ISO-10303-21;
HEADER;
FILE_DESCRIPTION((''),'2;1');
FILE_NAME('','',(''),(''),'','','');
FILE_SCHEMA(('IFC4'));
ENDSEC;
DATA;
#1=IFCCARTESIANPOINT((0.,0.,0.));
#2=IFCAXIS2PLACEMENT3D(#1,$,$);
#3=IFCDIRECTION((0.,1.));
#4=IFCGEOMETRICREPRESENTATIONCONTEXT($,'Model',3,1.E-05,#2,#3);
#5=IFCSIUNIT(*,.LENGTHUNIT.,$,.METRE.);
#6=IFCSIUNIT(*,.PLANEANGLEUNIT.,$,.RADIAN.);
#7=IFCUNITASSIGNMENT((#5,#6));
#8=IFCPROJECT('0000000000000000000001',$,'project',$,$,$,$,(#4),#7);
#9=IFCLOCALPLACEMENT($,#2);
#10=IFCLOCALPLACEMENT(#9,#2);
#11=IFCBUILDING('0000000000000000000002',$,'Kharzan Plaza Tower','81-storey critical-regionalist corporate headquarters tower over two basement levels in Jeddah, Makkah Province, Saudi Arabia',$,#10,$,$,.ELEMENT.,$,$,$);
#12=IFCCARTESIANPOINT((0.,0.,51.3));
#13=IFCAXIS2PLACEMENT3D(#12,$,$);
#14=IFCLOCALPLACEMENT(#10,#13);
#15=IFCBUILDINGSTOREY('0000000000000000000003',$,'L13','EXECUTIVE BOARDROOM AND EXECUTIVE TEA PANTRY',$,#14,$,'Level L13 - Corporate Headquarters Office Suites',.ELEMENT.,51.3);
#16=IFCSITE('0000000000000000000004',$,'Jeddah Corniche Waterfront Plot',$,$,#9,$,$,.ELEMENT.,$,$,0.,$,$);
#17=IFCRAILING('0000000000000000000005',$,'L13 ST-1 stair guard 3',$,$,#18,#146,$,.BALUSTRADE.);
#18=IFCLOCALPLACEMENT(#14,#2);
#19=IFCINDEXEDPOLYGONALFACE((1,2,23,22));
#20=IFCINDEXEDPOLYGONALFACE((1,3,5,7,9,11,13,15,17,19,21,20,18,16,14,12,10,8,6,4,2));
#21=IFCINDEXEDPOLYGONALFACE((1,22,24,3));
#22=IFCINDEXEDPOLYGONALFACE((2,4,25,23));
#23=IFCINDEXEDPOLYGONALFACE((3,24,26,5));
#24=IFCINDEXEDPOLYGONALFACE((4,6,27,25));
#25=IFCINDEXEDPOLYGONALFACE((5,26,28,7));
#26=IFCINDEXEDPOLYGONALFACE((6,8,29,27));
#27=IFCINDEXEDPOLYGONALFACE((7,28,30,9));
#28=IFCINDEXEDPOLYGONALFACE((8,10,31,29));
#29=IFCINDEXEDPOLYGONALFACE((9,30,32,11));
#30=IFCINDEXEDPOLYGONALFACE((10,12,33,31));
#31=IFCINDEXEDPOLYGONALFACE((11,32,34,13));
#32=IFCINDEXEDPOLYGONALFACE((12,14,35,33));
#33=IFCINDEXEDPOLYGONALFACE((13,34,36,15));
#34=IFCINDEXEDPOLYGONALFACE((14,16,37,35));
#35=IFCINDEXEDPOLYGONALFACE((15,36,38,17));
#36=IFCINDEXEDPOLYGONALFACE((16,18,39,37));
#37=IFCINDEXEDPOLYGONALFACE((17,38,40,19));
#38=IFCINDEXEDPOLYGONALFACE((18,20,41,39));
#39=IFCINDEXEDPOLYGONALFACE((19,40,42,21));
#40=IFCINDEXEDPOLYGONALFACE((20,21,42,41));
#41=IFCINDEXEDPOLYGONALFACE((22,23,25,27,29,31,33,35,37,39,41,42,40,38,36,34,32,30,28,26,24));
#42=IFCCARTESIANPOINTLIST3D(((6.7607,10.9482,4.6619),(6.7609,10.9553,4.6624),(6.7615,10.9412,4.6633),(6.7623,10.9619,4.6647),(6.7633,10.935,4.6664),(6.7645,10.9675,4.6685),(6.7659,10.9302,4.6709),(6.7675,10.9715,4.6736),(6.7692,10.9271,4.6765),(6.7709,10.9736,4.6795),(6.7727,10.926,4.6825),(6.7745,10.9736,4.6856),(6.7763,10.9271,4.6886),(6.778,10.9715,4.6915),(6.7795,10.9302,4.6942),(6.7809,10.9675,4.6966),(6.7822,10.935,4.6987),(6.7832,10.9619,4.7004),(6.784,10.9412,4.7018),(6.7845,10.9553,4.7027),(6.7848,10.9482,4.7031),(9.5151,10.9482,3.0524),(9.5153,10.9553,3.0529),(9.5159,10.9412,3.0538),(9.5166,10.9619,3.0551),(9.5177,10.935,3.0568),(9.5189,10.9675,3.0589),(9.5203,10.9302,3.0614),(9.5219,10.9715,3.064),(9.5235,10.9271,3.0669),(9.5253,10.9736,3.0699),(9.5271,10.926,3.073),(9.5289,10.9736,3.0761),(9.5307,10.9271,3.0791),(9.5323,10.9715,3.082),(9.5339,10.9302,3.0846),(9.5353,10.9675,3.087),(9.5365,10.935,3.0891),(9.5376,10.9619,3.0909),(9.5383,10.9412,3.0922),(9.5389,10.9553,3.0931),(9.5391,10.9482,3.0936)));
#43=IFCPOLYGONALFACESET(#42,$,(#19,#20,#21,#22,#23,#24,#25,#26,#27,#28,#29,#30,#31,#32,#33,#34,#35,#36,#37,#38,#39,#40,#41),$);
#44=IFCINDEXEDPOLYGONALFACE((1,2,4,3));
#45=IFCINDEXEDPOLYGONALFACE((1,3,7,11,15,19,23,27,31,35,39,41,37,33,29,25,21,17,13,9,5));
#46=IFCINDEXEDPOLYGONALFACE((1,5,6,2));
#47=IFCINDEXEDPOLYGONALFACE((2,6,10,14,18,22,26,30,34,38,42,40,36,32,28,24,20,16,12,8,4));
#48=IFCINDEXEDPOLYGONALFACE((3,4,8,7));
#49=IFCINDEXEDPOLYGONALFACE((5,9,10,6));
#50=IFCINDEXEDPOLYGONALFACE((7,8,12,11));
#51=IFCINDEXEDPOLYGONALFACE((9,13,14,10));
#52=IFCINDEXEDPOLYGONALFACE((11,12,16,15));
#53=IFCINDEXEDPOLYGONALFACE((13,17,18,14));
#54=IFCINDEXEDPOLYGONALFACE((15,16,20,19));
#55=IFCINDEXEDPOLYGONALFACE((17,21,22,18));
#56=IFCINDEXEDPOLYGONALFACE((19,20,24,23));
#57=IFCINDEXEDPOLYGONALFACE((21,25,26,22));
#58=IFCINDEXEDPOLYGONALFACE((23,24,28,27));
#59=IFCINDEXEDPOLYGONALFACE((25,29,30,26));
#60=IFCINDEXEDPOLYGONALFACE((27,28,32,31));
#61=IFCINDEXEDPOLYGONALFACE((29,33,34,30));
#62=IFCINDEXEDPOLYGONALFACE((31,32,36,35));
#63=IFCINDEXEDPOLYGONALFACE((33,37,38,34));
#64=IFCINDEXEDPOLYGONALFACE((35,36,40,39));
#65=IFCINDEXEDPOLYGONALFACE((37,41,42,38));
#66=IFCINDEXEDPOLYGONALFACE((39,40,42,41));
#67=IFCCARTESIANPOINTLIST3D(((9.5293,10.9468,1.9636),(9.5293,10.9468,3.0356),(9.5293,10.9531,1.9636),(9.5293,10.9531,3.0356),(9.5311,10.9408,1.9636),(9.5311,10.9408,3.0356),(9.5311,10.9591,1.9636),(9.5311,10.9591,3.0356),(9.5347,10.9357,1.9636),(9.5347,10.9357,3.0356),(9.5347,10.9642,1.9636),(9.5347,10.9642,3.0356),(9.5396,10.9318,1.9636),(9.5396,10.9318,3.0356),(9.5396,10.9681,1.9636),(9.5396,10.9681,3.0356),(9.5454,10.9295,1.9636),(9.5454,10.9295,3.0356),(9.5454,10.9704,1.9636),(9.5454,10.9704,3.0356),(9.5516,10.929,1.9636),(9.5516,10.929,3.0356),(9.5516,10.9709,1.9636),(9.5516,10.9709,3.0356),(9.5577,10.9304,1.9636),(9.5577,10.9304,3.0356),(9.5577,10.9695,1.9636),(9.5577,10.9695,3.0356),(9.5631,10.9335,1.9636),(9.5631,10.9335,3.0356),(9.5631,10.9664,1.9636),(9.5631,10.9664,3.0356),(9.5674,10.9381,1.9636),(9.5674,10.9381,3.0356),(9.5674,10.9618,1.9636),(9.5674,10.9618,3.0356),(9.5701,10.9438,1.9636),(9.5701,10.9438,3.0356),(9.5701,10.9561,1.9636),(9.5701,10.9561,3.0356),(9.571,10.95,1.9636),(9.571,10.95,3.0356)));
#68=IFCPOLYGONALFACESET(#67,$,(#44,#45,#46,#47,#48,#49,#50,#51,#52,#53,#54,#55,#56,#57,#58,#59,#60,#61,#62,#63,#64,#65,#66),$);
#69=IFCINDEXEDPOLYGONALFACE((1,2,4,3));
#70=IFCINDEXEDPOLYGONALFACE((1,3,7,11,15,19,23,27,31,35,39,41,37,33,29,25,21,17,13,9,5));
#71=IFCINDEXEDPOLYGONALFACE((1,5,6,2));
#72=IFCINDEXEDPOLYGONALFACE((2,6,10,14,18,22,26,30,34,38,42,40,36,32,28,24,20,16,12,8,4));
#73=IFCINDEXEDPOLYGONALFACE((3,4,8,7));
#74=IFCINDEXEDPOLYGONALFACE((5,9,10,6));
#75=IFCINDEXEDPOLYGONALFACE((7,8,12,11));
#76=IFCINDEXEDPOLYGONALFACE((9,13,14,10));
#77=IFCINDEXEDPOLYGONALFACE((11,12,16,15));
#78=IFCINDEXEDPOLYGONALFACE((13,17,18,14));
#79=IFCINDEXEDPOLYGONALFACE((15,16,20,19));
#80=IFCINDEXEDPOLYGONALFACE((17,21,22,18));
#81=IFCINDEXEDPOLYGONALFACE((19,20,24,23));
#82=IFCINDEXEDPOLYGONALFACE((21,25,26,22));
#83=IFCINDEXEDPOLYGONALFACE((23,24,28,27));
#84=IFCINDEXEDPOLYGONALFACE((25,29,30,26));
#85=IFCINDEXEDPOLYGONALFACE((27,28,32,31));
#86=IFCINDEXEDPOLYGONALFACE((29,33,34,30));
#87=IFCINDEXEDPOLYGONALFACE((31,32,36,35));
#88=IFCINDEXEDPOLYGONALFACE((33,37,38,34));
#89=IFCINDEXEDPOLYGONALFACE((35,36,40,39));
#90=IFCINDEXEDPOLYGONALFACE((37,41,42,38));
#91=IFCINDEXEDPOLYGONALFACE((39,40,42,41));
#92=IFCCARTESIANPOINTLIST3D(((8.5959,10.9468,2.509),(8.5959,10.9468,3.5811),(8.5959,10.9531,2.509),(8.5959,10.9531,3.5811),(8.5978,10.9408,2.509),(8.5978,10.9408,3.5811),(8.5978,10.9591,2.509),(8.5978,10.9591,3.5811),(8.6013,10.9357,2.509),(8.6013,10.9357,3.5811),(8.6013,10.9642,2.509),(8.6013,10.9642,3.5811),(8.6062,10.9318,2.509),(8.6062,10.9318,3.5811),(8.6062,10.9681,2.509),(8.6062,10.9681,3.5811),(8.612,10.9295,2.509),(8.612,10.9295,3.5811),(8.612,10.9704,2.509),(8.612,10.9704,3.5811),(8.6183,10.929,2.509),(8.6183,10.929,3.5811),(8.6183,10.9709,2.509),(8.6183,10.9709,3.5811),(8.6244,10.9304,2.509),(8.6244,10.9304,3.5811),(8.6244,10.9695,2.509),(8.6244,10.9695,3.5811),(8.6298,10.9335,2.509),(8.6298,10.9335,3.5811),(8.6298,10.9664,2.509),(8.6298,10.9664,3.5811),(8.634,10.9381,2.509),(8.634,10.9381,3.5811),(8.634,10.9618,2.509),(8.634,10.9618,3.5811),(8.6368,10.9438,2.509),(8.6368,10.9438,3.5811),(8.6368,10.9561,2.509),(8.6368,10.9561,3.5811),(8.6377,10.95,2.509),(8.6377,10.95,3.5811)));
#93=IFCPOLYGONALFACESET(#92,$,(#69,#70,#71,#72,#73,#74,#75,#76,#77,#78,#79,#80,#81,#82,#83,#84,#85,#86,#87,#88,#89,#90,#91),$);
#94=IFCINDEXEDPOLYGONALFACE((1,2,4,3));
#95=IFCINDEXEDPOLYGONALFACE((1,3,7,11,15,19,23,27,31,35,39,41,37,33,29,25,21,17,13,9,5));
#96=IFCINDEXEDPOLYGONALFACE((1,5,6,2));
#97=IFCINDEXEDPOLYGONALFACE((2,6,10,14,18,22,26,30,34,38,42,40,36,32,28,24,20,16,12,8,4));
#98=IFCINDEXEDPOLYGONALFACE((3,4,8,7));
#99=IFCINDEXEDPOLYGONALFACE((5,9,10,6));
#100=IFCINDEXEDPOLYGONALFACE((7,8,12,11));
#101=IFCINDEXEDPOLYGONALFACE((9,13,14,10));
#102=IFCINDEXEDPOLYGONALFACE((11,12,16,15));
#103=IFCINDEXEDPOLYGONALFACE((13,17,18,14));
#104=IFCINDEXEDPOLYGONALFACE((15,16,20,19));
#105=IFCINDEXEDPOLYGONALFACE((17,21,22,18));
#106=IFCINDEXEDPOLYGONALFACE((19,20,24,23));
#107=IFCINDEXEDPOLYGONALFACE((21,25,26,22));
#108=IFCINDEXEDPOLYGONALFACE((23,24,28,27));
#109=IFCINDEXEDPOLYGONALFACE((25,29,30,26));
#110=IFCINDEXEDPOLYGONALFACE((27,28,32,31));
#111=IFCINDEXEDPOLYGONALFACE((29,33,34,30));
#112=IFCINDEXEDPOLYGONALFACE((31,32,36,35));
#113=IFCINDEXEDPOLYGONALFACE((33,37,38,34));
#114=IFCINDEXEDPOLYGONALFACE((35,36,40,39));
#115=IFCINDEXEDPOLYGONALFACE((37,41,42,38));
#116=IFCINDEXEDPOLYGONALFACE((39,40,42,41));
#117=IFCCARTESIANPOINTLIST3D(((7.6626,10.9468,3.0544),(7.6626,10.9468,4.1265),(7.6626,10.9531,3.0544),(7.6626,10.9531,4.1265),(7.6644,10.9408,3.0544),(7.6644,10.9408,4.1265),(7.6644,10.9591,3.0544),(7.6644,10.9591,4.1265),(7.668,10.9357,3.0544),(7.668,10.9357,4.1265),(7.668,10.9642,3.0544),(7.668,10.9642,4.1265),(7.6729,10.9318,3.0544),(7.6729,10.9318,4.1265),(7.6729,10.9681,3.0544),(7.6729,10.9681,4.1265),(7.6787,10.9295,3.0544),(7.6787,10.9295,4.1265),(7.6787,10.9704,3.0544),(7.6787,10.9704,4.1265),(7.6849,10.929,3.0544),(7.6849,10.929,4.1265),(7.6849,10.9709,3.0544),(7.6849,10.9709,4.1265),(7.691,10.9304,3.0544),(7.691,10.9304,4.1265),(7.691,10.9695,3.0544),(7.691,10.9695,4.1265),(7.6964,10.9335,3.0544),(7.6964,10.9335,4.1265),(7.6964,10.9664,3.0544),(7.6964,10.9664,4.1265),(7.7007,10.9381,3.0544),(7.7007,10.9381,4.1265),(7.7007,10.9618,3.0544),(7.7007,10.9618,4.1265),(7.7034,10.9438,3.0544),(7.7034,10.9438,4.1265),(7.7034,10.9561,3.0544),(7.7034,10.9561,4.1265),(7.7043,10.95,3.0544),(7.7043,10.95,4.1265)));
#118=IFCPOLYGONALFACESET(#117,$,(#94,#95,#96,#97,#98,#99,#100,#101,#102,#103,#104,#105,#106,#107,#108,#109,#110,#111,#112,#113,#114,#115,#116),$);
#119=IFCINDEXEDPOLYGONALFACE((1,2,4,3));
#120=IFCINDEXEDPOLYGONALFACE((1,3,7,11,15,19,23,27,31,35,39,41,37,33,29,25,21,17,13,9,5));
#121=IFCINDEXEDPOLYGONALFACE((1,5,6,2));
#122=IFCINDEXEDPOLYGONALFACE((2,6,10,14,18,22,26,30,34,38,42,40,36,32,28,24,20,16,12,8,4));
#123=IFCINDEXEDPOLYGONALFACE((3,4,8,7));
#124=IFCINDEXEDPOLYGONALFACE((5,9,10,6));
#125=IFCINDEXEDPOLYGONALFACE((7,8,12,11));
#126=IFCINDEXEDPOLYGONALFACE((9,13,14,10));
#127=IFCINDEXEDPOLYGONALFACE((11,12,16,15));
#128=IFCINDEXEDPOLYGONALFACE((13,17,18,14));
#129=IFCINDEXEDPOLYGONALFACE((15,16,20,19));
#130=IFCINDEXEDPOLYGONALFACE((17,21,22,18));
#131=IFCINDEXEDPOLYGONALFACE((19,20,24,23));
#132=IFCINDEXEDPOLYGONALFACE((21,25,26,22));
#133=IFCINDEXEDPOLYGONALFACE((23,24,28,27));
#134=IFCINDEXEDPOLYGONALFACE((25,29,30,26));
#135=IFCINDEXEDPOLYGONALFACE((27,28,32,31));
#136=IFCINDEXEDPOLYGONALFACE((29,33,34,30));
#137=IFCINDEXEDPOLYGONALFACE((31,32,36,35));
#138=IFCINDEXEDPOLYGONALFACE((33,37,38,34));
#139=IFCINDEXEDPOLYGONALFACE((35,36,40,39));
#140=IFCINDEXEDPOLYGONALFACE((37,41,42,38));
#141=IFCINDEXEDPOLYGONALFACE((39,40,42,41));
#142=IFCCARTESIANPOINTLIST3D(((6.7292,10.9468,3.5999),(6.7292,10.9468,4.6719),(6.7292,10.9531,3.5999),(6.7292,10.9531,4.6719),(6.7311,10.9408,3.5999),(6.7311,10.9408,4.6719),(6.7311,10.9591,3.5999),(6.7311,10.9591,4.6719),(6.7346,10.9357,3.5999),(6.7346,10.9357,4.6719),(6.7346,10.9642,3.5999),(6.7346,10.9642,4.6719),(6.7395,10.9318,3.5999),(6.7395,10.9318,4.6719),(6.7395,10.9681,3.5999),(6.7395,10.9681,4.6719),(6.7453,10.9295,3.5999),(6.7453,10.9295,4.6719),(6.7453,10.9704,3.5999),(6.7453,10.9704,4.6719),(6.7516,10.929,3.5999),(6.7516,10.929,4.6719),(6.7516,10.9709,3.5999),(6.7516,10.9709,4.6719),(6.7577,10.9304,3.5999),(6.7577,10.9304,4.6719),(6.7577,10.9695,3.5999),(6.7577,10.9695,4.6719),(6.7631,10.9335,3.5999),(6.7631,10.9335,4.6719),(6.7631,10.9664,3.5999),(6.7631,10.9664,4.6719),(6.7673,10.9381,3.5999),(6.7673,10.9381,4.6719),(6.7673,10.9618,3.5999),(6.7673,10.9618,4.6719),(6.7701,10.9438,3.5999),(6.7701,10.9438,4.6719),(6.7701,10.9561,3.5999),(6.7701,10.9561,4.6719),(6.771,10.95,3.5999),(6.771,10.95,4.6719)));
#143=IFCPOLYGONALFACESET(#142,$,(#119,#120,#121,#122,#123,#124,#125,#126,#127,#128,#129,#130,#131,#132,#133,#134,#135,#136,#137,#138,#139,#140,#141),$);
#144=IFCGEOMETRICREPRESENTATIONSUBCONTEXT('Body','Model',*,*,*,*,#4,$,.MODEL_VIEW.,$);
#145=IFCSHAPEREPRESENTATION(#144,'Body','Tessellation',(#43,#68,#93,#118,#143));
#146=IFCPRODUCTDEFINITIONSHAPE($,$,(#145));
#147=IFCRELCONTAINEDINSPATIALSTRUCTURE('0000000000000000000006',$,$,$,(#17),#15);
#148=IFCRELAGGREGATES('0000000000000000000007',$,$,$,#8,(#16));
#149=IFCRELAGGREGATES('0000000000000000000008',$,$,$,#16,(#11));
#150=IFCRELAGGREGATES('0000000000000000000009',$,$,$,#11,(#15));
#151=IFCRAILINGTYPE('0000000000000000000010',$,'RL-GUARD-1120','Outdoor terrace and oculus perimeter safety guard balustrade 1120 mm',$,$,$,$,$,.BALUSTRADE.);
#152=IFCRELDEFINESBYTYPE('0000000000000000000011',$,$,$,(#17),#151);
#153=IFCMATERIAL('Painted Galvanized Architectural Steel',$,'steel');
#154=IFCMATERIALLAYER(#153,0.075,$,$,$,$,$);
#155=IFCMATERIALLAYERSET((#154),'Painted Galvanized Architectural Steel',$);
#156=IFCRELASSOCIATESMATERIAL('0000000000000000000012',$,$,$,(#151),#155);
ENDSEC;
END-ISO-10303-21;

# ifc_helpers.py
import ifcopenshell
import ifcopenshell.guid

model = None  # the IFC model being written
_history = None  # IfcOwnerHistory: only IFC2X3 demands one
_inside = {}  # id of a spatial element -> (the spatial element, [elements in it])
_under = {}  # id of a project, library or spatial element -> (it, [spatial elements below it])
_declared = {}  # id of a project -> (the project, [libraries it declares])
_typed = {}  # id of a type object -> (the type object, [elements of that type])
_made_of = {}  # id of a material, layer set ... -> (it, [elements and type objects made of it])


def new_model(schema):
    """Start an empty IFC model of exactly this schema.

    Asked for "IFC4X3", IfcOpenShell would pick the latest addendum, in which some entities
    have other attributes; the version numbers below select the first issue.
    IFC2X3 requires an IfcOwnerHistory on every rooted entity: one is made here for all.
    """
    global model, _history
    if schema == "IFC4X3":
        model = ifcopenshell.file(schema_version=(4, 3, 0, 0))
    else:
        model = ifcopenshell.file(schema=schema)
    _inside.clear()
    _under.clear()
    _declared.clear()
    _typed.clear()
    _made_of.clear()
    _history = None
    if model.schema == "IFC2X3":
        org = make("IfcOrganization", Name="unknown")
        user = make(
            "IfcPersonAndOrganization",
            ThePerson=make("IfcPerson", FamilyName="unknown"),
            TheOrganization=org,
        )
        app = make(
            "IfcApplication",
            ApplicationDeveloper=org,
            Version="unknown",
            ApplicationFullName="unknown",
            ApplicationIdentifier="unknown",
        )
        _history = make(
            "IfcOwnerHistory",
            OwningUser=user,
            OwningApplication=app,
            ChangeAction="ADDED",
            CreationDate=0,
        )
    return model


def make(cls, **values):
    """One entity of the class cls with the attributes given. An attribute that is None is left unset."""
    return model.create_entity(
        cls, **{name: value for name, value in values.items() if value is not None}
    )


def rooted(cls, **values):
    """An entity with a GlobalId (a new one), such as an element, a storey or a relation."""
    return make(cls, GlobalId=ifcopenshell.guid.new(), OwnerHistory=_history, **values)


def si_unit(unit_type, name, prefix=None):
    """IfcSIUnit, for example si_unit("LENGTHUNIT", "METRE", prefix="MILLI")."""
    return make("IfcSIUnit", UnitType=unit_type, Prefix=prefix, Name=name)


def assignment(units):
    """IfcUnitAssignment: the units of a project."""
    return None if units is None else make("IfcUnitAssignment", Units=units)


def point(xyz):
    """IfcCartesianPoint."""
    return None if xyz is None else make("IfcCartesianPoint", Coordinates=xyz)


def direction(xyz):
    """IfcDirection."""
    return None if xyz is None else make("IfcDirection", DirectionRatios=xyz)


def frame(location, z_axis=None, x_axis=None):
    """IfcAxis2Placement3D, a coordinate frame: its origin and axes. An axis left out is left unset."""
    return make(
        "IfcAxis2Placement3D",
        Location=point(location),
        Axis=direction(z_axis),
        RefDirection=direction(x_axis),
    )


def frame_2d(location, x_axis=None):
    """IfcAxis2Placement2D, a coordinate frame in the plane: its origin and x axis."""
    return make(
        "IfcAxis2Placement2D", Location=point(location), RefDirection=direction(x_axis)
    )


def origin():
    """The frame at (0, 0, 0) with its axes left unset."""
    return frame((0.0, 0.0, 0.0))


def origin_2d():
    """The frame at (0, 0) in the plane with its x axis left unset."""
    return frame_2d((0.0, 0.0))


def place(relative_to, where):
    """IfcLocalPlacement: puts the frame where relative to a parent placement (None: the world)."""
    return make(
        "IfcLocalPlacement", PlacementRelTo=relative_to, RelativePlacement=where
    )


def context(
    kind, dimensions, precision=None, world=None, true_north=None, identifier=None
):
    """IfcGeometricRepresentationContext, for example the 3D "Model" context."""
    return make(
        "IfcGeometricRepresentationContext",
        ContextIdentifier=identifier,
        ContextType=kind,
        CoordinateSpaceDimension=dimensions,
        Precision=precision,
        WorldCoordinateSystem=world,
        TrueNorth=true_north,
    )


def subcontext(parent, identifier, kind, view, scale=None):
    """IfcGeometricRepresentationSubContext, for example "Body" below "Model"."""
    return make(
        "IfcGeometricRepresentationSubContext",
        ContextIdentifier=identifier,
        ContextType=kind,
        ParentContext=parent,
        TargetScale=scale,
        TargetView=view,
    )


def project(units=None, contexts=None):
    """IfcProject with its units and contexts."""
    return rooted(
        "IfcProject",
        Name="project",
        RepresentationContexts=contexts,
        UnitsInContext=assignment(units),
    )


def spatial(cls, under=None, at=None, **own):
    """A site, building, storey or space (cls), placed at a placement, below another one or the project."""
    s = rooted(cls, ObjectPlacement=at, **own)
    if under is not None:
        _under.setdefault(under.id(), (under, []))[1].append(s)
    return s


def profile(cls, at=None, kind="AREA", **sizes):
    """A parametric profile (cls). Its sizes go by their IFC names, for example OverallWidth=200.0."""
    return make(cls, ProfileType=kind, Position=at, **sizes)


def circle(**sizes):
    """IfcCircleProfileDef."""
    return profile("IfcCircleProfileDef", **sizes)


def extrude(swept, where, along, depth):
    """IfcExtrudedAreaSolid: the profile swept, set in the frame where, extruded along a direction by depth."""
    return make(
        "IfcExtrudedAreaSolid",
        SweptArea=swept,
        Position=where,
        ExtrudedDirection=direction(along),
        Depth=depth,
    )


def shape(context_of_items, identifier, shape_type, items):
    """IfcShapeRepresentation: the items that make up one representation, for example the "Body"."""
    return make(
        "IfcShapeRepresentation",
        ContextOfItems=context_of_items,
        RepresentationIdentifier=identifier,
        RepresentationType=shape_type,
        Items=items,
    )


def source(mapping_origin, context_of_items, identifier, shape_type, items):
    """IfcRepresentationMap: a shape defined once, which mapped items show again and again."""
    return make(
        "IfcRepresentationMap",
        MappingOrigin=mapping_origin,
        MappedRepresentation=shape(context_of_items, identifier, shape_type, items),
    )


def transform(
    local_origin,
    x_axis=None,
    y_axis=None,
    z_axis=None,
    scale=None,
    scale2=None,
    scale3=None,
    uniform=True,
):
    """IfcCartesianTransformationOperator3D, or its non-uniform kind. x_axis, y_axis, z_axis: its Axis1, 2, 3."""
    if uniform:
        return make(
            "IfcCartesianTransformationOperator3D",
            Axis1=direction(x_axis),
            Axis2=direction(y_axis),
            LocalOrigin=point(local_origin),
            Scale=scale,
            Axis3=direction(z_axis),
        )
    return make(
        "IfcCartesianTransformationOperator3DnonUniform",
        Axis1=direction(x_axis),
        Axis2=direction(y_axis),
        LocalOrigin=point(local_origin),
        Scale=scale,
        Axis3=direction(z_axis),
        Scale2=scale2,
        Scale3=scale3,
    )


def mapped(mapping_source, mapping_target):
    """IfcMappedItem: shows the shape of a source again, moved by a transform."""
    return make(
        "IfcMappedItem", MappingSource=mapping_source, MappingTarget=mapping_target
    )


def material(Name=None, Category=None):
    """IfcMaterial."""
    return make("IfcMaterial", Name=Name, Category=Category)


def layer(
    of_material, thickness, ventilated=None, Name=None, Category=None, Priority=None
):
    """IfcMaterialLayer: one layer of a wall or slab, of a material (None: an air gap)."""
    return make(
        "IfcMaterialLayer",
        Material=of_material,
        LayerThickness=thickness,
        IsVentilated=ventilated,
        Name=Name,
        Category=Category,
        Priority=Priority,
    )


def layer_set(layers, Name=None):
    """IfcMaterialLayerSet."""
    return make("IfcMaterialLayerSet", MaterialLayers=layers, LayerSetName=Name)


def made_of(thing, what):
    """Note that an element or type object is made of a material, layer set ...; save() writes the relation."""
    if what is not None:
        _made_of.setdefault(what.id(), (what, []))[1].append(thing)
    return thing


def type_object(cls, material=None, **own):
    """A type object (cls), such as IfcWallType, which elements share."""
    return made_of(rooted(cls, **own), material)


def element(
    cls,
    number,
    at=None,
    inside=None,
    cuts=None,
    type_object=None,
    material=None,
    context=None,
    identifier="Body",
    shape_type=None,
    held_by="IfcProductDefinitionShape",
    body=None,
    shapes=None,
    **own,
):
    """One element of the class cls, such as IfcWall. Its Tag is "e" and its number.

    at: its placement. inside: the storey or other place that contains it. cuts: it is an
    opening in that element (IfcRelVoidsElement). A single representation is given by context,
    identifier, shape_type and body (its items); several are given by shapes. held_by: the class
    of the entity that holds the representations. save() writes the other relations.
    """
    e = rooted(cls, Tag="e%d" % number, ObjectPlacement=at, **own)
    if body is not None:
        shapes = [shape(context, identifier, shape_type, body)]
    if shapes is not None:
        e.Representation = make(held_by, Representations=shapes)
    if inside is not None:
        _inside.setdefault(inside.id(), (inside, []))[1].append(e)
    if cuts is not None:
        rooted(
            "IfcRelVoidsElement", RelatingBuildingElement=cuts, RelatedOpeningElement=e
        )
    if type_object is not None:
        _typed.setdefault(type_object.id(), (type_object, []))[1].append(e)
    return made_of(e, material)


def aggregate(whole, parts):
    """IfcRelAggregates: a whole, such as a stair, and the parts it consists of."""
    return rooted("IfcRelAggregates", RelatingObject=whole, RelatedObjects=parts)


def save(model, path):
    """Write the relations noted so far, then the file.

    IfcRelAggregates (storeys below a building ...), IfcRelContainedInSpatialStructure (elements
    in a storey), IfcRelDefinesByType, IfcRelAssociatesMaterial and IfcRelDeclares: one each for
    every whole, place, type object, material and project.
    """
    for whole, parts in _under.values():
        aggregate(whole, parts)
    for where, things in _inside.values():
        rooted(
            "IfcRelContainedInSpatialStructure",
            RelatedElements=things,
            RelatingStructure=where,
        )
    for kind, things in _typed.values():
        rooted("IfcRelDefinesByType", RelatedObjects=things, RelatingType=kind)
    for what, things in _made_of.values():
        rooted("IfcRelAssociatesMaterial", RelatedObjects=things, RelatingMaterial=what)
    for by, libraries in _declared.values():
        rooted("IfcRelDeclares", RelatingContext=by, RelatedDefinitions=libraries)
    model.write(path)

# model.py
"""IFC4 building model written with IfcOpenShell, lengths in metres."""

from ifc_helpers import new_model, si_unit, direction, frame, origin, origin_2d, place, context, subcontext, project, spatial, circle, extrude, source, transform, mapped, material, layer, layer_set, type_object, element, save


model = new_model("IFC4")

# Units and contexts
model_context = context("Model", 3, precision=1e-05, world=origin(), true_north=direction((0.0, 1.0)))
body_context = subcontext(model_context, "Body", "Model", "MODEL_VIEW")
ifc_project = project(units=[si_unit("LENGTHUNIT", "METRE"), si_unit("PLANEANGLEUNIT", "RADIAN")], contexts=[model_context])

# Site, building, storey
site_placement = place(None, origin())
site = spatial("IfcSite", under=ifc_project, at=site_placement, Name="Jeddah Corniche Waterfront Plot", CompositionType="ELEMENT", RefElevation=0.0)
building_placement = place(site_placement, origin())
building = spatial("IfcBuilding", under=site, at=building_placement, Name="Kharzan Plaza Tower", Description="81-storey critical-regionalist corporate headquarters tower over two basement levels in Jeddah, Makkah Province, Saudi Arabia", CompositionType="ELEMENT")
storey_placement = place(building_placement, frame((0.0, 0.0, 51.3)))
storey = spatial("IfcBuildingStorey", under=building, at=storey_placement, Name="L13", Description="EXECUTIVE BOARDROOM AND EXECUTIVE TEA PANTRY", LongName="Level L13 - Corporate Headquarters Office Suites", CompositionType="ELEMENT", Elevation=51.3)

# Railing
ifc_material_1 = material(Name="Painted Galvanized Architectural Steel", Category="steel")
ifc_layer_1 = layer(ifc_material_1, 0.075)
ifc_layer_set_1 = layer_set([ifc_layer_1], Name="Painted Galvanized Architectural Steel")
railing_type = type_object("IfcRailingType", Name="RL-GUARD-1120", Description="Outdoor terrace and oculus perimeter safety guard balustrade 1120 mm", PredefinedType="BALUSTRADE", material=ifc_layer_set_1)
shared_shape_1 = source(origin(), body_context, "Body", "SweptSolid", [
    extrude(circle(Radius=0.0239, at=origin_2d()), frame((-0.0229, 0.0, 1.1094), z_axis=(-0.863394, 0.0, 0.504531), x_axis=(0.0, -1.0, 0.0)), (0.0, 0.0, 1.0), 3.1902),
    extrude(circle(Radius=0.021, at=origin_2d()), origin(), (0.0, 0.0, 1.0), 1.072),
    extrude(circle(Radius=0.021, at=origin_2d()), frame((-0.9333, 0.0, 0.5454)), (0.0, 0.0, 1.0), 1.072),
    extrude(circle(Radius=0.021, at=origin_2d()), frame((-1.8667, 0.0, 1.0908)), (0.0, 0.0, 1.0), 1.072),
    extrude(circle(Radius=0.021, at=origin_2d()), frame((-2.8, 0.0, 1.6362)), (0.0, 0.0, 1.0), 1.072),
])
railing_placement = place(storey_placement, frame((9.55, 10.95, 1.9636)))
element("IfcRailing", 1, at=railing_placement, inside=storey, type_object=railing_type, Name="L13 ST-1 stair guard 3", PredefinedType="BALUSTRADE", context=body_context, shape_type="MappedRepresentation", body=[
    mapped(shared_shape_1, transform((0.0, 0.0, 0.0), x_axis=(1.0, 0.0, 0.0), y_axis=(0.0, 1.0, 0.0), z_axis=(0.0, 0.0, 1.0))),
])

save(model, "model.ifc")
